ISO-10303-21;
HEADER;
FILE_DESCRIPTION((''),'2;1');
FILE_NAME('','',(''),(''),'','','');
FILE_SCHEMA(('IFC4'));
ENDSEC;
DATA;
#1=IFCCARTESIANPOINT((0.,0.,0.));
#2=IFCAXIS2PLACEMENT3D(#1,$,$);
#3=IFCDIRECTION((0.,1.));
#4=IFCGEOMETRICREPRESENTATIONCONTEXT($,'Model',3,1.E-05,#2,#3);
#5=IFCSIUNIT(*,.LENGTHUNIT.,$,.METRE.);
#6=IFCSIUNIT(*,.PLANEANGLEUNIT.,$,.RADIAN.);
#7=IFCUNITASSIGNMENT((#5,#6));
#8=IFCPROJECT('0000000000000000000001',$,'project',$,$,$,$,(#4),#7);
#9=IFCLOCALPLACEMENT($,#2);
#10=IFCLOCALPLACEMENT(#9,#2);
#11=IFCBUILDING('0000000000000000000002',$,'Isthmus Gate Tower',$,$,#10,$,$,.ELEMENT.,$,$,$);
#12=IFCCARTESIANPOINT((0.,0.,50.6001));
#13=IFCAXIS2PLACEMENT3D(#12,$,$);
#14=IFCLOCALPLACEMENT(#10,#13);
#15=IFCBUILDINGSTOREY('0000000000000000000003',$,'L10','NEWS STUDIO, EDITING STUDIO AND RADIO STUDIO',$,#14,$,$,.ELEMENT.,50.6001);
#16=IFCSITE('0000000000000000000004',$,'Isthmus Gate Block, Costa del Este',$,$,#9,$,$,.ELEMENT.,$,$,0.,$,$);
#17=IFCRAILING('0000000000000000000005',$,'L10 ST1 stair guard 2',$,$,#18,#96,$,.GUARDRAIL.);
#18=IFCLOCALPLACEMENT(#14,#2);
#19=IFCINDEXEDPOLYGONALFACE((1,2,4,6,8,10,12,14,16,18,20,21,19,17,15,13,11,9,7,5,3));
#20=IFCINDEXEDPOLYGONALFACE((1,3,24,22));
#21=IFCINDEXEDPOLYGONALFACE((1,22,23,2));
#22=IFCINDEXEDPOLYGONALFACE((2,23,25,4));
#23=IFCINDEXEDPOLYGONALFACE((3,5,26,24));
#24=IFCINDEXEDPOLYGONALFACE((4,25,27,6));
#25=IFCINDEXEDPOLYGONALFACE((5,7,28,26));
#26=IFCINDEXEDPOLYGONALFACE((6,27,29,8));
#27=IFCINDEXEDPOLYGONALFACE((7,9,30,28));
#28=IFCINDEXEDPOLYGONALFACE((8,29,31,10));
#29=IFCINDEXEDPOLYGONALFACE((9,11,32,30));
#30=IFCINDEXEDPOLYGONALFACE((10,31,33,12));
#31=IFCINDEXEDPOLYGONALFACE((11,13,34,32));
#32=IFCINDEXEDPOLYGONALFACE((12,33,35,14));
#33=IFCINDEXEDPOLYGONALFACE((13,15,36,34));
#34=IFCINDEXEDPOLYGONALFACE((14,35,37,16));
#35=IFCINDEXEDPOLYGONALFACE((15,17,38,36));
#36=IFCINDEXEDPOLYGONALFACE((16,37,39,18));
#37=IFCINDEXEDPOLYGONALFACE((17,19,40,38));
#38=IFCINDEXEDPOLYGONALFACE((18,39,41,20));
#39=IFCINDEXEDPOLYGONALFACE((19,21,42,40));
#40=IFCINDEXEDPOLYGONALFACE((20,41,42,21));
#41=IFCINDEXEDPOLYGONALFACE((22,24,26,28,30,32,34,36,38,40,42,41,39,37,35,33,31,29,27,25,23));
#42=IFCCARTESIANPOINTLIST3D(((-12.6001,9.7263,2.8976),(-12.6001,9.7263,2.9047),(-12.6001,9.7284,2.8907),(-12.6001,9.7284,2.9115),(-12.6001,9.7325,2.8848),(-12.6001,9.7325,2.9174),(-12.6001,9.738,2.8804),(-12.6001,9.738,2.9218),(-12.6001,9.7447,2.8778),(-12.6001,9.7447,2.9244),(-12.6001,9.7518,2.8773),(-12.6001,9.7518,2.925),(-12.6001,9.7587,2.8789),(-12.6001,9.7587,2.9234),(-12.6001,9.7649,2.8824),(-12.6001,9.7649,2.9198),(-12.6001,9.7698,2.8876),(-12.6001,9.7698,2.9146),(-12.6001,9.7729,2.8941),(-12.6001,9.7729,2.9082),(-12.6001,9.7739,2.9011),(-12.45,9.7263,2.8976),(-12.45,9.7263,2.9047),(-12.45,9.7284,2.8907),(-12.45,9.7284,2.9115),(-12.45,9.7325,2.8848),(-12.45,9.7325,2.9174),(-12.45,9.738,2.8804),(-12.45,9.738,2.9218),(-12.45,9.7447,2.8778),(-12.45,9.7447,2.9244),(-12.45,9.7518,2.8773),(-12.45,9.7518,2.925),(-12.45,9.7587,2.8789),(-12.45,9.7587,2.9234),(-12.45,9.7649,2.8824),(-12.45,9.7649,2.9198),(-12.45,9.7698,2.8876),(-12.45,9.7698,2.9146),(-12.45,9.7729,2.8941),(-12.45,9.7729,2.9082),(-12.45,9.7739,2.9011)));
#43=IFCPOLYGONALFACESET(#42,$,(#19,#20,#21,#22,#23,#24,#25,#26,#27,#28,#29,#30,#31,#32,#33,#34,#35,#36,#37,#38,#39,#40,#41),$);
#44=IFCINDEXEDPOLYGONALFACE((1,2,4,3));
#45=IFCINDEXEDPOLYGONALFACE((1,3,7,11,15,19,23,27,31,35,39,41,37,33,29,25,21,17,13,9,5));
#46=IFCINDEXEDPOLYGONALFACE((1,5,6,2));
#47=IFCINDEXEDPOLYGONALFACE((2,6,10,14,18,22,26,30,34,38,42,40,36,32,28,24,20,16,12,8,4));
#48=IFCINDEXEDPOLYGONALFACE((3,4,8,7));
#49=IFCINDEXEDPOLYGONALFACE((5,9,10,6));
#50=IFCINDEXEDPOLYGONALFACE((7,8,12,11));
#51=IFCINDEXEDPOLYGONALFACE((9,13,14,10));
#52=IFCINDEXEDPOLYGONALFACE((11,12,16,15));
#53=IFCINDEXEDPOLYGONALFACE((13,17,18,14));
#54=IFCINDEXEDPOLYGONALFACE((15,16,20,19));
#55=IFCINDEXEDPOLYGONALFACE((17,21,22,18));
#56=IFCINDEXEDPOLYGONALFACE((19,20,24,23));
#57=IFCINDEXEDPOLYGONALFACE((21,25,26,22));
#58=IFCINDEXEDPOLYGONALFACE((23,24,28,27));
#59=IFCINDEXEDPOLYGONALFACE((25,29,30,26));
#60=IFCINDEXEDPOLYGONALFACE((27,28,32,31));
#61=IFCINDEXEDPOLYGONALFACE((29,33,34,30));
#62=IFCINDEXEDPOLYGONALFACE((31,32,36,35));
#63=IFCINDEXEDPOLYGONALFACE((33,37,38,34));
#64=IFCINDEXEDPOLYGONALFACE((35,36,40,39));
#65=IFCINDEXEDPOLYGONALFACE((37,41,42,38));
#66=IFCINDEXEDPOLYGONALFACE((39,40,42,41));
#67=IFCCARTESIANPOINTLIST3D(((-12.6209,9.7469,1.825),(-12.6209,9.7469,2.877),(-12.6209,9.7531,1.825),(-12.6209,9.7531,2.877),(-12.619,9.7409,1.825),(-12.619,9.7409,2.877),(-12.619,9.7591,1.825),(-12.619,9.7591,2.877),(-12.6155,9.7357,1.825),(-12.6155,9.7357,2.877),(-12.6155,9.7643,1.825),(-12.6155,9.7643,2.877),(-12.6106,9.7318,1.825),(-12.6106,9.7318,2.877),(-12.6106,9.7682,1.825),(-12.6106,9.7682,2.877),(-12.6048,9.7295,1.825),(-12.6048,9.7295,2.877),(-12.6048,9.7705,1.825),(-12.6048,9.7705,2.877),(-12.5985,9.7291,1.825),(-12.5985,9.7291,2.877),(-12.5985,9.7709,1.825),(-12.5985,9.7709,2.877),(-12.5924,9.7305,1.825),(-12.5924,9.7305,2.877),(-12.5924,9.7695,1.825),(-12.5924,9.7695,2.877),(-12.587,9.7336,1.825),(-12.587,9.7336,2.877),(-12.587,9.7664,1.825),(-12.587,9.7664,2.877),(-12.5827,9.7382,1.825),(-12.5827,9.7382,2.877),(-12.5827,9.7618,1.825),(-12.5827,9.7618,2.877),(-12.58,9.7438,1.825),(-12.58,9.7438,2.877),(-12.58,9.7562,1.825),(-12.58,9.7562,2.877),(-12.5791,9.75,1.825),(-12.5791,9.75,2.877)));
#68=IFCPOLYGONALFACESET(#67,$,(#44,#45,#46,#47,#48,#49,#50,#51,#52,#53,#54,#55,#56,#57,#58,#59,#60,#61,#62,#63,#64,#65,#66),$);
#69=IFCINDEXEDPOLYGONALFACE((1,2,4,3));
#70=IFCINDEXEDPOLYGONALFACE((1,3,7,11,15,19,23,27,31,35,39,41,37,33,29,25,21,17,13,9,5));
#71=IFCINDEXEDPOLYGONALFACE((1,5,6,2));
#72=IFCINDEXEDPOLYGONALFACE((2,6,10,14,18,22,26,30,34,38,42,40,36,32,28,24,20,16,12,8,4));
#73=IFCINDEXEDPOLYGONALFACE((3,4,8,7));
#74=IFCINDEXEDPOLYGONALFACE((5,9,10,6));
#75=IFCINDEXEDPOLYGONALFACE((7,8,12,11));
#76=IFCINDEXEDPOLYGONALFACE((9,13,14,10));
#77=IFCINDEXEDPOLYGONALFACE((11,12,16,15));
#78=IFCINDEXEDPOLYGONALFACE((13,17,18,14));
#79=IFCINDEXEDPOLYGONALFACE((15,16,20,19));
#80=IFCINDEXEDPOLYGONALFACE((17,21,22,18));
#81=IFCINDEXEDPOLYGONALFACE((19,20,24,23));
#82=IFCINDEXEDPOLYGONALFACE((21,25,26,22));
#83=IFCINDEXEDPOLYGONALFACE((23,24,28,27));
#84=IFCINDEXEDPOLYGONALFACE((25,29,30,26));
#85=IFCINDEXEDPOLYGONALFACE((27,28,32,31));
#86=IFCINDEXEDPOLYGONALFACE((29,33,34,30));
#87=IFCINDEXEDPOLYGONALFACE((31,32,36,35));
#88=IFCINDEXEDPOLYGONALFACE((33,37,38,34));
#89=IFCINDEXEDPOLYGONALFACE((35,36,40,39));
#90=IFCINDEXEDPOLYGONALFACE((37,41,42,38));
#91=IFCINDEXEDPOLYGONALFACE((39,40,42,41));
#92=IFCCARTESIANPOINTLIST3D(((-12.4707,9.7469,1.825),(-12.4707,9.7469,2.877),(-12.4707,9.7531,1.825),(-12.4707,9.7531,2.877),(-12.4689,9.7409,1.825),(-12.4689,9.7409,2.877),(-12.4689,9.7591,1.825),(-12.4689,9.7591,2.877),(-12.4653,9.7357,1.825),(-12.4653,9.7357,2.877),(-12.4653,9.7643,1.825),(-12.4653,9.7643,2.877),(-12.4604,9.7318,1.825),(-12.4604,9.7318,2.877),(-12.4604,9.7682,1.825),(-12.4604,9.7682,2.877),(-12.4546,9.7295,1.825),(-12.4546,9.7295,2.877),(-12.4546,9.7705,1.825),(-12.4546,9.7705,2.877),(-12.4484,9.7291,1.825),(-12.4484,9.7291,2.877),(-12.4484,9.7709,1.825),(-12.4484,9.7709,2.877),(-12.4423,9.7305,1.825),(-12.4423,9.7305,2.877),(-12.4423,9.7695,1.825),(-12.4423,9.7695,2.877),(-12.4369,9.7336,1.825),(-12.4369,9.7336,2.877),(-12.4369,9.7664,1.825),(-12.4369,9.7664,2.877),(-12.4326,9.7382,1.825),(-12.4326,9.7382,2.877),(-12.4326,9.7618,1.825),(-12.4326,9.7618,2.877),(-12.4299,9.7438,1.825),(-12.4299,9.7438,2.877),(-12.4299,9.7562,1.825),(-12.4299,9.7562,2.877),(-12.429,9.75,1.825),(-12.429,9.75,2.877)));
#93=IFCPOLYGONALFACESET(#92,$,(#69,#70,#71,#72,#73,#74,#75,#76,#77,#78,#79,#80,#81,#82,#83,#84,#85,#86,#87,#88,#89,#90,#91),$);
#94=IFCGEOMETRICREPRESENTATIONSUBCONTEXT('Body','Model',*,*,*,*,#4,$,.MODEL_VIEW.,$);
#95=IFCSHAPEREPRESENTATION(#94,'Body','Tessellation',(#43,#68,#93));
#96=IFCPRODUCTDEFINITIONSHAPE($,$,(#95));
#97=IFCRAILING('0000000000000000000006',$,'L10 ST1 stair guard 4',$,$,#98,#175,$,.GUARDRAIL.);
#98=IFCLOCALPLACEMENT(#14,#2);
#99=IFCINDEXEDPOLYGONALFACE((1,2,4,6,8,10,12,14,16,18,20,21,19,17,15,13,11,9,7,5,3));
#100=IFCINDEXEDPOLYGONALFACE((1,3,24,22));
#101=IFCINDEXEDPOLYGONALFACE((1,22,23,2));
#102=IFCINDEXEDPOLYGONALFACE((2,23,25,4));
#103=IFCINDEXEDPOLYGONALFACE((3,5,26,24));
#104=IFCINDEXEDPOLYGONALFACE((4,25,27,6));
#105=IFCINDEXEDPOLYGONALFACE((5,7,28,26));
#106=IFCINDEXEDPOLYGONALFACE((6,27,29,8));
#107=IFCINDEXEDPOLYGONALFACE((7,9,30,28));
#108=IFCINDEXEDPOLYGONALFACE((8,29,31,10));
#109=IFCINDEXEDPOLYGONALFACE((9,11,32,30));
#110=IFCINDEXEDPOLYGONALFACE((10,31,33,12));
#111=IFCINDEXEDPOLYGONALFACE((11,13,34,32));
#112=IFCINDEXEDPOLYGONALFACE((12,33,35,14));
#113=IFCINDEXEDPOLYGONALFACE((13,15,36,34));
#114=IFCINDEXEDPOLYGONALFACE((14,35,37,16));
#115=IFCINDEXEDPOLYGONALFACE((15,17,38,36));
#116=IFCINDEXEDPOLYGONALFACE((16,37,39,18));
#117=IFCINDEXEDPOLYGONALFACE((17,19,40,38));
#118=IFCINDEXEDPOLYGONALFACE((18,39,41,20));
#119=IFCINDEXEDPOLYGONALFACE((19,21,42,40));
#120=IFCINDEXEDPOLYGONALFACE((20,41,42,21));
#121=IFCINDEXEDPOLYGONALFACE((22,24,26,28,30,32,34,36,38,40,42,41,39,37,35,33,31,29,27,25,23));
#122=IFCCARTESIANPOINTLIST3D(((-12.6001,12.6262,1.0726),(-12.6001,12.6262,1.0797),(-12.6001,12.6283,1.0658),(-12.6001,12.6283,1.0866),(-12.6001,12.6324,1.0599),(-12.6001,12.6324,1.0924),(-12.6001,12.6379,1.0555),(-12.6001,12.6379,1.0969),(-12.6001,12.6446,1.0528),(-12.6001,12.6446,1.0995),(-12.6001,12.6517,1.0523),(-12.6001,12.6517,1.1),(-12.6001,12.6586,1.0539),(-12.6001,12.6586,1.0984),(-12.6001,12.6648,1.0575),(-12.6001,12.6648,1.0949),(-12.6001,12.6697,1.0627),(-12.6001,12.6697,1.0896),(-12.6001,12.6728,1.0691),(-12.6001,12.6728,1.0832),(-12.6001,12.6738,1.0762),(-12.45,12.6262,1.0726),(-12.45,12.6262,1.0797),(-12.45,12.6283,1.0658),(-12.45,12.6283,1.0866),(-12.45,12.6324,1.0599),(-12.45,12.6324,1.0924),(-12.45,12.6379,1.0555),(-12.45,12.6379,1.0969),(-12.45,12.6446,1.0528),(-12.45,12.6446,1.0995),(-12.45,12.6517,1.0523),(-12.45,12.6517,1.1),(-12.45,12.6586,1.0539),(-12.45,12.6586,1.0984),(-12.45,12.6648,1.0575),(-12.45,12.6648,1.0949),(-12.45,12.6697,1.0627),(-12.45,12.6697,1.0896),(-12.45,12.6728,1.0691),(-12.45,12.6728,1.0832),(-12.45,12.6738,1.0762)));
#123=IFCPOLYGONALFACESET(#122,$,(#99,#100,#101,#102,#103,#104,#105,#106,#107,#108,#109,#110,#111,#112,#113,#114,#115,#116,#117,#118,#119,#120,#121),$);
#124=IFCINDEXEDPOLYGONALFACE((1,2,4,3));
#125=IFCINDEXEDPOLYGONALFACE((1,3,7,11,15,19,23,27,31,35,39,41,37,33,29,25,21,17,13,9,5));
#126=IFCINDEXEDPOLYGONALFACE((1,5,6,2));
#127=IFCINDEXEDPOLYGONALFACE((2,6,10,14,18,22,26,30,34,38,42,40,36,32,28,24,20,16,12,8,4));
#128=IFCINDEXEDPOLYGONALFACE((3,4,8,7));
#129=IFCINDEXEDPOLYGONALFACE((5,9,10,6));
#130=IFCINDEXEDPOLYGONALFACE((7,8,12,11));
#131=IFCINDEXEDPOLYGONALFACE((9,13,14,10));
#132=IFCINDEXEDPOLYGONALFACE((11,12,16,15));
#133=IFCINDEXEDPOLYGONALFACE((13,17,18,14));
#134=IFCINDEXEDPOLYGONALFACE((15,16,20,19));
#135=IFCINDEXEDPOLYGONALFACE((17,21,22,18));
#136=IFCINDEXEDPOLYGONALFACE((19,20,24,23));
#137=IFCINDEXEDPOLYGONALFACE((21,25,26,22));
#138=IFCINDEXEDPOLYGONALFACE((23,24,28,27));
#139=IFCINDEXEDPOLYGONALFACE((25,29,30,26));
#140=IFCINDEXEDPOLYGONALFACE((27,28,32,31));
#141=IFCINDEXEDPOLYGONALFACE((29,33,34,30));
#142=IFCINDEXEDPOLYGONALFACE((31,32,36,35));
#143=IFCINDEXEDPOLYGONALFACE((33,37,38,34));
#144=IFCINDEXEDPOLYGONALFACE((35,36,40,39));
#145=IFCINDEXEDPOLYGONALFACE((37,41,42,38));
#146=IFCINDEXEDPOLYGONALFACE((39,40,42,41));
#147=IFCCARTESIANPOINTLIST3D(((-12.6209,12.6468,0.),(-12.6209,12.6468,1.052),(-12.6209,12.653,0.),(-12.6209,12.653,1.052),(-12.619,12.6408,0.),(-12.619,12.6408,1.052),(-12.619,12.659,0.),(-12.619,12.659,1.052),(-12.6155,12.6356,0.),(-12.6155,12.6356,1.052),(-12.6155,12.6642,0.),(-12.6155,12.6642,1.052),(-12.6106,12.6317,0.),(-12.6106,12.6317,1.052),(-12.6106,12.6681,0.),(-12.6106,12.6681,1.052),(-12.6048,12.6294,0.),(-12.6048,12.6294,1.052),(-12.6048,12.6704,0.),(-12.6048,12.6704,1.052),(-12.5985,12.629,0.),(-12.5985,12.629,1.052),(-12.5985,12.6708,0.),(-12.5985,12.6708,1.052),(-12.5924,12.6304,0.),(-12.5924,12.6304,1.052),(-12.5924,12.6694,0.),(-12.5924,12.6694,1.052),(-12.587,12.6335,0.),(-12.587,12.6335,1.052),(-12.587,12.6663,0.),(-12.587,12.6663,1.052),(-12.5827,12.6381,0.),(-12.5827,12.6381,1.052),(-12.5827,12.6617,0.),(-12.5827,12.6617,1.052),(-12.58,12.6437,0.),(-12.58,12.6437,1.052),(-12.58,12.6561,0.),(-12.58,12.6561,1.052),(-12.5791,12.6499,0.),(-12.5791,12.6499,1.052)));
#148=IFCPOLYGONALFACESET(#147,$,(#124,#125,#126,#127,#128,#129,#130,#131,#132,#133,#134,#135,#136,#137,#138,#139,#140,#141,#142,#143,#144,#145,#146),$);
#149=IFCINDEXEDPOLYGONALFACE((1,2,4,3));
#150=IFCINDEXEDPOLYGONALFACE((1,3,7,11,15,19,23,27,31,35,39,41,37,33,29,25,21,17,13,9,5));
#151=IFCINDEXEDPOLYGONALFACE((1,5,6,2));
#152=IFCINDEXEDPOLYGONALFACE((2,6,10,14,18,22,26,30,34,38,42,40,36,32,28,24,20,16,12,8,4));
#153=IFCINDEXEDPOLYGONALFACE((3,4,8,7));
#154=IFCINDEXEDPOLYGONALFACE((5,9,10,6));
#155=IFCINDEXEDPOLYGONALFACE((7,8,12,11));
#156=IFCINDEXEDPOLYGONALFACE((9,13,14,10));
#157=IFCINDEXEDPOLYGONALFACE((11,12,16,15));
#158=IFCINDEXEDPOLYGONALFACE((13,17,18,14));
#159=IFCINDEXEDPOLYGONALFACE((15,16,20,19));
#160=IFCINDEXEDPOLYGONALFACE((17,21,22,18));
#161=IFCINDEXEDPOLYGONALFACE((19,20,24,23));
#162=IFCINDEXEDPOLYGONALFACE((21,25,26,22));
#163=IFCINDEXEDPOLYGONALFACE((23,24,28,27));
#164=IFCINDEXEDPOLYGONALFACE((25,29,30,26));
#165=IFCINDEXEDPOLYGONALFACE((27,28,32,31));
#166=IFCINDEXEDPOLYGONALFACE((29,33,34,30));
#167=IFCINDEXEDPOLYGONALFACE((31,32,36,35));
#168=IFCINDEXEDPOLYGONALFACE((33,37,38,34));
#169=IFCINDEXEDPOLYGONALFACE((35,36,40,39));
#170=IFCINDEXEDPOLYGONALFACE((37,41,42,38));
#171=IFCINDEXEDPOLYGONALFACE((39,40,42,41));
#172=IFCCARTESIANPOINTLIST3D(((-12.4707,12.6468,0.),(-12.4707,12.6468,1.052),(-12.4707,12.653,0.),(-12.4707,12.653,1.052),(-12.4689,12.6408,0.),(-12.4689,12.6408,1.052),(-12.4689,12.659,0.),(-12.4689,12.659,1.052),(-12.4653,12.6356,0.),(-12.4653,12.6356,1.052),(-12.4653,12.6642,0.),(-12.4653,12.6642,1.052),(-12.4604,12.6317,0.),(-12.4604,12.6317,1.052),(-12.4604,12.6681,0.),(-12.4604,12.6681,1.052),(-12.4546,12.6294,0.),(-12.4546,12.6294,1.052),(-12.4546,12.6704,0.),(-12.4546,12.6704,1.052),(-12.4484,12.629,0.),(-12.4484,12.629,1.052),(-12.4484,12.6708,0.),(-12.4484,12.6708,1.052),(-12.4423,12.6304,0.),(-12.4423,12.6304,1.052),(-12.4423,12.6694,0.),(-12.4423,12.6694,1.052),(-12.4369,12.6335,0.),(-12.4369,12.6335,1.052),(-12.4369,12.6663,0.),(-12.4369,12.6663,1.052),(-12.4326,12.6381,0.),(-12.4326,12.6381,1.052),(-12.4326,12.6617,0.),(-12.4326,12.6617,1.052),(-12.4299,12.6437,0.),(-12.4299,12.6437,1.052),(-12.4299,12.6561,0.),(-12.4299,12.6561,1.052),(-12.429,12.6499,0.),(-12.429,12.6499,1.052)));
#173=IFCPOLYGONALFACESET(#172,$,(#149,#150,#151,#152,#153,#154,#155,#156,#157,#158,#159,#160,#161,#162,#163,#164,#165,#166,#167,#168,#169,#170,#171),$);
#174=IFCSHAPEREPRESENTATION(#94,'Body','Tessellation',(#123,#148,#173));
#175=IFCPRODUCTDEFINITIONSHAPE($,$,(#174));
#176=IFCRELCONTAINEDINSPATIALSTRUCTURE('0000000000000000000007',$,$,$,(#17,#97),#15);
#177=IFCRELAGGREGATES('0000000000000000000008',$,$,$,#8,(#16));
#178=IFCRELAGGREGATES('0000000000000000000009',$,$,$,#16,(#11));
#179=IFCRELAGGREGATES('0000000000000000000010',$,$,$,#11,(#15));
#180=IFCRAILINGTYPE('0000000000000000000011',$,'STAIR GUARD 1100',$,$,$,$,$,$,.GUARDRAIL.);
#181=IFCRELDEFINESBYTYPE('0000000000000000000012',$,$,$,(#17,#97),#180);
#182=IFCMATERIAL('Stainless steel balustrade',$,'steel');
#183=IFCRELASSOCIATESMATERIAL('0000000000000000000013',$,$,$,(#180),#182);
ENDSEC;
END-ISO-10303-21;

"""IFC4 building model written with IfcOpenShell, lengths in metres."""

from ifc_helpers import new_model, si_unit, direction, frame, origin, origin_2d, place, context, subcontext, project, spatial, circle, extrude, material, type_object, element, save


model = new_model("IFC4")

# Units and contexts
model_context = context("Model", 3, precision=1e-05, world=origin(), true_north=direction((0.0, 1.0)))
body_context = subcontext(model_context, "Body", "Model", "MODEL_VIEW")
ifc_project = project(units=[si_unit("LENGTHUNIT", "METRE"), si_unit("PLANEANGLEUNIT", "RADIAN")], contexts=[model_context])

# Site, building, storey
site_placement = place(None, origin())
site = spatial("IfcSite", under=ifc_project, at=site_placement, Name="Isthmus Gate Block, Costa del Este", CompositionType="ELEMENT", RefElevation=0.0)
building_placement = place(site_placement, origin())
building = spatial("IfcBuilding", under=site, at=building_placement, Name="Isthmus Gate Tower", CompositionType="ELEMENT")
storey_placement = place(building_placement, frame((0.0, 0.0, 50.6001)))
storey = spatial("IfcBuildingStorey", under=building, at=storey_placement, Name="L10", Description="NEWS STUDIO, EDITING STUDIO AND RADIO STUDIO", CompositionType="ELEMENT", Elevation=50.6001)

# Railings
ifc_material_1 = material(Name="Stainless steel balustrade", Category="steel")
railing_type_1 = type_object("IfcRailingType", Name="STAIR GUARD 1100", PredefinedType="GUARDRAIL", material=ifc_material_1)
for number, where, name in (
    (1, (-12.6001, 9.75, 1.825), "L10 ST1 stair guard 2"),
    (2, (-12.6001, 12.6499, 0.0), "L10 ST1 stair guard 4"),
):
    element("IfcRailing", number, at=place(storey_placement, frame(where)), inside=storey, type_object=railing_type_1, Name=name, PredefinedType="GUARDRAIL", context=body_context, shape_type="SweptSolid", body=[
        extrude(circle(Radius=0.0239, at=origin_2d()), frame((0.0, 0.0, 1.0762), z_axis=(1.0, 0.0, 0.0), x_axis=(0.0, 1.0, 0.0)), (0.0, 0.0, 1.0), 0.1501),
        extrude(circle(Radius=0.021, at=origin_2d()), origin(), (0.0, 0.0, 1.0), 1.052),
        extrude(circle(Radius=0.021, at=origin_2d()), frame((0.1501, 0.0, 0.0)), (0.0, 0.0, 1.0), 1.052),
    ])

save(model, "model.ifc")
